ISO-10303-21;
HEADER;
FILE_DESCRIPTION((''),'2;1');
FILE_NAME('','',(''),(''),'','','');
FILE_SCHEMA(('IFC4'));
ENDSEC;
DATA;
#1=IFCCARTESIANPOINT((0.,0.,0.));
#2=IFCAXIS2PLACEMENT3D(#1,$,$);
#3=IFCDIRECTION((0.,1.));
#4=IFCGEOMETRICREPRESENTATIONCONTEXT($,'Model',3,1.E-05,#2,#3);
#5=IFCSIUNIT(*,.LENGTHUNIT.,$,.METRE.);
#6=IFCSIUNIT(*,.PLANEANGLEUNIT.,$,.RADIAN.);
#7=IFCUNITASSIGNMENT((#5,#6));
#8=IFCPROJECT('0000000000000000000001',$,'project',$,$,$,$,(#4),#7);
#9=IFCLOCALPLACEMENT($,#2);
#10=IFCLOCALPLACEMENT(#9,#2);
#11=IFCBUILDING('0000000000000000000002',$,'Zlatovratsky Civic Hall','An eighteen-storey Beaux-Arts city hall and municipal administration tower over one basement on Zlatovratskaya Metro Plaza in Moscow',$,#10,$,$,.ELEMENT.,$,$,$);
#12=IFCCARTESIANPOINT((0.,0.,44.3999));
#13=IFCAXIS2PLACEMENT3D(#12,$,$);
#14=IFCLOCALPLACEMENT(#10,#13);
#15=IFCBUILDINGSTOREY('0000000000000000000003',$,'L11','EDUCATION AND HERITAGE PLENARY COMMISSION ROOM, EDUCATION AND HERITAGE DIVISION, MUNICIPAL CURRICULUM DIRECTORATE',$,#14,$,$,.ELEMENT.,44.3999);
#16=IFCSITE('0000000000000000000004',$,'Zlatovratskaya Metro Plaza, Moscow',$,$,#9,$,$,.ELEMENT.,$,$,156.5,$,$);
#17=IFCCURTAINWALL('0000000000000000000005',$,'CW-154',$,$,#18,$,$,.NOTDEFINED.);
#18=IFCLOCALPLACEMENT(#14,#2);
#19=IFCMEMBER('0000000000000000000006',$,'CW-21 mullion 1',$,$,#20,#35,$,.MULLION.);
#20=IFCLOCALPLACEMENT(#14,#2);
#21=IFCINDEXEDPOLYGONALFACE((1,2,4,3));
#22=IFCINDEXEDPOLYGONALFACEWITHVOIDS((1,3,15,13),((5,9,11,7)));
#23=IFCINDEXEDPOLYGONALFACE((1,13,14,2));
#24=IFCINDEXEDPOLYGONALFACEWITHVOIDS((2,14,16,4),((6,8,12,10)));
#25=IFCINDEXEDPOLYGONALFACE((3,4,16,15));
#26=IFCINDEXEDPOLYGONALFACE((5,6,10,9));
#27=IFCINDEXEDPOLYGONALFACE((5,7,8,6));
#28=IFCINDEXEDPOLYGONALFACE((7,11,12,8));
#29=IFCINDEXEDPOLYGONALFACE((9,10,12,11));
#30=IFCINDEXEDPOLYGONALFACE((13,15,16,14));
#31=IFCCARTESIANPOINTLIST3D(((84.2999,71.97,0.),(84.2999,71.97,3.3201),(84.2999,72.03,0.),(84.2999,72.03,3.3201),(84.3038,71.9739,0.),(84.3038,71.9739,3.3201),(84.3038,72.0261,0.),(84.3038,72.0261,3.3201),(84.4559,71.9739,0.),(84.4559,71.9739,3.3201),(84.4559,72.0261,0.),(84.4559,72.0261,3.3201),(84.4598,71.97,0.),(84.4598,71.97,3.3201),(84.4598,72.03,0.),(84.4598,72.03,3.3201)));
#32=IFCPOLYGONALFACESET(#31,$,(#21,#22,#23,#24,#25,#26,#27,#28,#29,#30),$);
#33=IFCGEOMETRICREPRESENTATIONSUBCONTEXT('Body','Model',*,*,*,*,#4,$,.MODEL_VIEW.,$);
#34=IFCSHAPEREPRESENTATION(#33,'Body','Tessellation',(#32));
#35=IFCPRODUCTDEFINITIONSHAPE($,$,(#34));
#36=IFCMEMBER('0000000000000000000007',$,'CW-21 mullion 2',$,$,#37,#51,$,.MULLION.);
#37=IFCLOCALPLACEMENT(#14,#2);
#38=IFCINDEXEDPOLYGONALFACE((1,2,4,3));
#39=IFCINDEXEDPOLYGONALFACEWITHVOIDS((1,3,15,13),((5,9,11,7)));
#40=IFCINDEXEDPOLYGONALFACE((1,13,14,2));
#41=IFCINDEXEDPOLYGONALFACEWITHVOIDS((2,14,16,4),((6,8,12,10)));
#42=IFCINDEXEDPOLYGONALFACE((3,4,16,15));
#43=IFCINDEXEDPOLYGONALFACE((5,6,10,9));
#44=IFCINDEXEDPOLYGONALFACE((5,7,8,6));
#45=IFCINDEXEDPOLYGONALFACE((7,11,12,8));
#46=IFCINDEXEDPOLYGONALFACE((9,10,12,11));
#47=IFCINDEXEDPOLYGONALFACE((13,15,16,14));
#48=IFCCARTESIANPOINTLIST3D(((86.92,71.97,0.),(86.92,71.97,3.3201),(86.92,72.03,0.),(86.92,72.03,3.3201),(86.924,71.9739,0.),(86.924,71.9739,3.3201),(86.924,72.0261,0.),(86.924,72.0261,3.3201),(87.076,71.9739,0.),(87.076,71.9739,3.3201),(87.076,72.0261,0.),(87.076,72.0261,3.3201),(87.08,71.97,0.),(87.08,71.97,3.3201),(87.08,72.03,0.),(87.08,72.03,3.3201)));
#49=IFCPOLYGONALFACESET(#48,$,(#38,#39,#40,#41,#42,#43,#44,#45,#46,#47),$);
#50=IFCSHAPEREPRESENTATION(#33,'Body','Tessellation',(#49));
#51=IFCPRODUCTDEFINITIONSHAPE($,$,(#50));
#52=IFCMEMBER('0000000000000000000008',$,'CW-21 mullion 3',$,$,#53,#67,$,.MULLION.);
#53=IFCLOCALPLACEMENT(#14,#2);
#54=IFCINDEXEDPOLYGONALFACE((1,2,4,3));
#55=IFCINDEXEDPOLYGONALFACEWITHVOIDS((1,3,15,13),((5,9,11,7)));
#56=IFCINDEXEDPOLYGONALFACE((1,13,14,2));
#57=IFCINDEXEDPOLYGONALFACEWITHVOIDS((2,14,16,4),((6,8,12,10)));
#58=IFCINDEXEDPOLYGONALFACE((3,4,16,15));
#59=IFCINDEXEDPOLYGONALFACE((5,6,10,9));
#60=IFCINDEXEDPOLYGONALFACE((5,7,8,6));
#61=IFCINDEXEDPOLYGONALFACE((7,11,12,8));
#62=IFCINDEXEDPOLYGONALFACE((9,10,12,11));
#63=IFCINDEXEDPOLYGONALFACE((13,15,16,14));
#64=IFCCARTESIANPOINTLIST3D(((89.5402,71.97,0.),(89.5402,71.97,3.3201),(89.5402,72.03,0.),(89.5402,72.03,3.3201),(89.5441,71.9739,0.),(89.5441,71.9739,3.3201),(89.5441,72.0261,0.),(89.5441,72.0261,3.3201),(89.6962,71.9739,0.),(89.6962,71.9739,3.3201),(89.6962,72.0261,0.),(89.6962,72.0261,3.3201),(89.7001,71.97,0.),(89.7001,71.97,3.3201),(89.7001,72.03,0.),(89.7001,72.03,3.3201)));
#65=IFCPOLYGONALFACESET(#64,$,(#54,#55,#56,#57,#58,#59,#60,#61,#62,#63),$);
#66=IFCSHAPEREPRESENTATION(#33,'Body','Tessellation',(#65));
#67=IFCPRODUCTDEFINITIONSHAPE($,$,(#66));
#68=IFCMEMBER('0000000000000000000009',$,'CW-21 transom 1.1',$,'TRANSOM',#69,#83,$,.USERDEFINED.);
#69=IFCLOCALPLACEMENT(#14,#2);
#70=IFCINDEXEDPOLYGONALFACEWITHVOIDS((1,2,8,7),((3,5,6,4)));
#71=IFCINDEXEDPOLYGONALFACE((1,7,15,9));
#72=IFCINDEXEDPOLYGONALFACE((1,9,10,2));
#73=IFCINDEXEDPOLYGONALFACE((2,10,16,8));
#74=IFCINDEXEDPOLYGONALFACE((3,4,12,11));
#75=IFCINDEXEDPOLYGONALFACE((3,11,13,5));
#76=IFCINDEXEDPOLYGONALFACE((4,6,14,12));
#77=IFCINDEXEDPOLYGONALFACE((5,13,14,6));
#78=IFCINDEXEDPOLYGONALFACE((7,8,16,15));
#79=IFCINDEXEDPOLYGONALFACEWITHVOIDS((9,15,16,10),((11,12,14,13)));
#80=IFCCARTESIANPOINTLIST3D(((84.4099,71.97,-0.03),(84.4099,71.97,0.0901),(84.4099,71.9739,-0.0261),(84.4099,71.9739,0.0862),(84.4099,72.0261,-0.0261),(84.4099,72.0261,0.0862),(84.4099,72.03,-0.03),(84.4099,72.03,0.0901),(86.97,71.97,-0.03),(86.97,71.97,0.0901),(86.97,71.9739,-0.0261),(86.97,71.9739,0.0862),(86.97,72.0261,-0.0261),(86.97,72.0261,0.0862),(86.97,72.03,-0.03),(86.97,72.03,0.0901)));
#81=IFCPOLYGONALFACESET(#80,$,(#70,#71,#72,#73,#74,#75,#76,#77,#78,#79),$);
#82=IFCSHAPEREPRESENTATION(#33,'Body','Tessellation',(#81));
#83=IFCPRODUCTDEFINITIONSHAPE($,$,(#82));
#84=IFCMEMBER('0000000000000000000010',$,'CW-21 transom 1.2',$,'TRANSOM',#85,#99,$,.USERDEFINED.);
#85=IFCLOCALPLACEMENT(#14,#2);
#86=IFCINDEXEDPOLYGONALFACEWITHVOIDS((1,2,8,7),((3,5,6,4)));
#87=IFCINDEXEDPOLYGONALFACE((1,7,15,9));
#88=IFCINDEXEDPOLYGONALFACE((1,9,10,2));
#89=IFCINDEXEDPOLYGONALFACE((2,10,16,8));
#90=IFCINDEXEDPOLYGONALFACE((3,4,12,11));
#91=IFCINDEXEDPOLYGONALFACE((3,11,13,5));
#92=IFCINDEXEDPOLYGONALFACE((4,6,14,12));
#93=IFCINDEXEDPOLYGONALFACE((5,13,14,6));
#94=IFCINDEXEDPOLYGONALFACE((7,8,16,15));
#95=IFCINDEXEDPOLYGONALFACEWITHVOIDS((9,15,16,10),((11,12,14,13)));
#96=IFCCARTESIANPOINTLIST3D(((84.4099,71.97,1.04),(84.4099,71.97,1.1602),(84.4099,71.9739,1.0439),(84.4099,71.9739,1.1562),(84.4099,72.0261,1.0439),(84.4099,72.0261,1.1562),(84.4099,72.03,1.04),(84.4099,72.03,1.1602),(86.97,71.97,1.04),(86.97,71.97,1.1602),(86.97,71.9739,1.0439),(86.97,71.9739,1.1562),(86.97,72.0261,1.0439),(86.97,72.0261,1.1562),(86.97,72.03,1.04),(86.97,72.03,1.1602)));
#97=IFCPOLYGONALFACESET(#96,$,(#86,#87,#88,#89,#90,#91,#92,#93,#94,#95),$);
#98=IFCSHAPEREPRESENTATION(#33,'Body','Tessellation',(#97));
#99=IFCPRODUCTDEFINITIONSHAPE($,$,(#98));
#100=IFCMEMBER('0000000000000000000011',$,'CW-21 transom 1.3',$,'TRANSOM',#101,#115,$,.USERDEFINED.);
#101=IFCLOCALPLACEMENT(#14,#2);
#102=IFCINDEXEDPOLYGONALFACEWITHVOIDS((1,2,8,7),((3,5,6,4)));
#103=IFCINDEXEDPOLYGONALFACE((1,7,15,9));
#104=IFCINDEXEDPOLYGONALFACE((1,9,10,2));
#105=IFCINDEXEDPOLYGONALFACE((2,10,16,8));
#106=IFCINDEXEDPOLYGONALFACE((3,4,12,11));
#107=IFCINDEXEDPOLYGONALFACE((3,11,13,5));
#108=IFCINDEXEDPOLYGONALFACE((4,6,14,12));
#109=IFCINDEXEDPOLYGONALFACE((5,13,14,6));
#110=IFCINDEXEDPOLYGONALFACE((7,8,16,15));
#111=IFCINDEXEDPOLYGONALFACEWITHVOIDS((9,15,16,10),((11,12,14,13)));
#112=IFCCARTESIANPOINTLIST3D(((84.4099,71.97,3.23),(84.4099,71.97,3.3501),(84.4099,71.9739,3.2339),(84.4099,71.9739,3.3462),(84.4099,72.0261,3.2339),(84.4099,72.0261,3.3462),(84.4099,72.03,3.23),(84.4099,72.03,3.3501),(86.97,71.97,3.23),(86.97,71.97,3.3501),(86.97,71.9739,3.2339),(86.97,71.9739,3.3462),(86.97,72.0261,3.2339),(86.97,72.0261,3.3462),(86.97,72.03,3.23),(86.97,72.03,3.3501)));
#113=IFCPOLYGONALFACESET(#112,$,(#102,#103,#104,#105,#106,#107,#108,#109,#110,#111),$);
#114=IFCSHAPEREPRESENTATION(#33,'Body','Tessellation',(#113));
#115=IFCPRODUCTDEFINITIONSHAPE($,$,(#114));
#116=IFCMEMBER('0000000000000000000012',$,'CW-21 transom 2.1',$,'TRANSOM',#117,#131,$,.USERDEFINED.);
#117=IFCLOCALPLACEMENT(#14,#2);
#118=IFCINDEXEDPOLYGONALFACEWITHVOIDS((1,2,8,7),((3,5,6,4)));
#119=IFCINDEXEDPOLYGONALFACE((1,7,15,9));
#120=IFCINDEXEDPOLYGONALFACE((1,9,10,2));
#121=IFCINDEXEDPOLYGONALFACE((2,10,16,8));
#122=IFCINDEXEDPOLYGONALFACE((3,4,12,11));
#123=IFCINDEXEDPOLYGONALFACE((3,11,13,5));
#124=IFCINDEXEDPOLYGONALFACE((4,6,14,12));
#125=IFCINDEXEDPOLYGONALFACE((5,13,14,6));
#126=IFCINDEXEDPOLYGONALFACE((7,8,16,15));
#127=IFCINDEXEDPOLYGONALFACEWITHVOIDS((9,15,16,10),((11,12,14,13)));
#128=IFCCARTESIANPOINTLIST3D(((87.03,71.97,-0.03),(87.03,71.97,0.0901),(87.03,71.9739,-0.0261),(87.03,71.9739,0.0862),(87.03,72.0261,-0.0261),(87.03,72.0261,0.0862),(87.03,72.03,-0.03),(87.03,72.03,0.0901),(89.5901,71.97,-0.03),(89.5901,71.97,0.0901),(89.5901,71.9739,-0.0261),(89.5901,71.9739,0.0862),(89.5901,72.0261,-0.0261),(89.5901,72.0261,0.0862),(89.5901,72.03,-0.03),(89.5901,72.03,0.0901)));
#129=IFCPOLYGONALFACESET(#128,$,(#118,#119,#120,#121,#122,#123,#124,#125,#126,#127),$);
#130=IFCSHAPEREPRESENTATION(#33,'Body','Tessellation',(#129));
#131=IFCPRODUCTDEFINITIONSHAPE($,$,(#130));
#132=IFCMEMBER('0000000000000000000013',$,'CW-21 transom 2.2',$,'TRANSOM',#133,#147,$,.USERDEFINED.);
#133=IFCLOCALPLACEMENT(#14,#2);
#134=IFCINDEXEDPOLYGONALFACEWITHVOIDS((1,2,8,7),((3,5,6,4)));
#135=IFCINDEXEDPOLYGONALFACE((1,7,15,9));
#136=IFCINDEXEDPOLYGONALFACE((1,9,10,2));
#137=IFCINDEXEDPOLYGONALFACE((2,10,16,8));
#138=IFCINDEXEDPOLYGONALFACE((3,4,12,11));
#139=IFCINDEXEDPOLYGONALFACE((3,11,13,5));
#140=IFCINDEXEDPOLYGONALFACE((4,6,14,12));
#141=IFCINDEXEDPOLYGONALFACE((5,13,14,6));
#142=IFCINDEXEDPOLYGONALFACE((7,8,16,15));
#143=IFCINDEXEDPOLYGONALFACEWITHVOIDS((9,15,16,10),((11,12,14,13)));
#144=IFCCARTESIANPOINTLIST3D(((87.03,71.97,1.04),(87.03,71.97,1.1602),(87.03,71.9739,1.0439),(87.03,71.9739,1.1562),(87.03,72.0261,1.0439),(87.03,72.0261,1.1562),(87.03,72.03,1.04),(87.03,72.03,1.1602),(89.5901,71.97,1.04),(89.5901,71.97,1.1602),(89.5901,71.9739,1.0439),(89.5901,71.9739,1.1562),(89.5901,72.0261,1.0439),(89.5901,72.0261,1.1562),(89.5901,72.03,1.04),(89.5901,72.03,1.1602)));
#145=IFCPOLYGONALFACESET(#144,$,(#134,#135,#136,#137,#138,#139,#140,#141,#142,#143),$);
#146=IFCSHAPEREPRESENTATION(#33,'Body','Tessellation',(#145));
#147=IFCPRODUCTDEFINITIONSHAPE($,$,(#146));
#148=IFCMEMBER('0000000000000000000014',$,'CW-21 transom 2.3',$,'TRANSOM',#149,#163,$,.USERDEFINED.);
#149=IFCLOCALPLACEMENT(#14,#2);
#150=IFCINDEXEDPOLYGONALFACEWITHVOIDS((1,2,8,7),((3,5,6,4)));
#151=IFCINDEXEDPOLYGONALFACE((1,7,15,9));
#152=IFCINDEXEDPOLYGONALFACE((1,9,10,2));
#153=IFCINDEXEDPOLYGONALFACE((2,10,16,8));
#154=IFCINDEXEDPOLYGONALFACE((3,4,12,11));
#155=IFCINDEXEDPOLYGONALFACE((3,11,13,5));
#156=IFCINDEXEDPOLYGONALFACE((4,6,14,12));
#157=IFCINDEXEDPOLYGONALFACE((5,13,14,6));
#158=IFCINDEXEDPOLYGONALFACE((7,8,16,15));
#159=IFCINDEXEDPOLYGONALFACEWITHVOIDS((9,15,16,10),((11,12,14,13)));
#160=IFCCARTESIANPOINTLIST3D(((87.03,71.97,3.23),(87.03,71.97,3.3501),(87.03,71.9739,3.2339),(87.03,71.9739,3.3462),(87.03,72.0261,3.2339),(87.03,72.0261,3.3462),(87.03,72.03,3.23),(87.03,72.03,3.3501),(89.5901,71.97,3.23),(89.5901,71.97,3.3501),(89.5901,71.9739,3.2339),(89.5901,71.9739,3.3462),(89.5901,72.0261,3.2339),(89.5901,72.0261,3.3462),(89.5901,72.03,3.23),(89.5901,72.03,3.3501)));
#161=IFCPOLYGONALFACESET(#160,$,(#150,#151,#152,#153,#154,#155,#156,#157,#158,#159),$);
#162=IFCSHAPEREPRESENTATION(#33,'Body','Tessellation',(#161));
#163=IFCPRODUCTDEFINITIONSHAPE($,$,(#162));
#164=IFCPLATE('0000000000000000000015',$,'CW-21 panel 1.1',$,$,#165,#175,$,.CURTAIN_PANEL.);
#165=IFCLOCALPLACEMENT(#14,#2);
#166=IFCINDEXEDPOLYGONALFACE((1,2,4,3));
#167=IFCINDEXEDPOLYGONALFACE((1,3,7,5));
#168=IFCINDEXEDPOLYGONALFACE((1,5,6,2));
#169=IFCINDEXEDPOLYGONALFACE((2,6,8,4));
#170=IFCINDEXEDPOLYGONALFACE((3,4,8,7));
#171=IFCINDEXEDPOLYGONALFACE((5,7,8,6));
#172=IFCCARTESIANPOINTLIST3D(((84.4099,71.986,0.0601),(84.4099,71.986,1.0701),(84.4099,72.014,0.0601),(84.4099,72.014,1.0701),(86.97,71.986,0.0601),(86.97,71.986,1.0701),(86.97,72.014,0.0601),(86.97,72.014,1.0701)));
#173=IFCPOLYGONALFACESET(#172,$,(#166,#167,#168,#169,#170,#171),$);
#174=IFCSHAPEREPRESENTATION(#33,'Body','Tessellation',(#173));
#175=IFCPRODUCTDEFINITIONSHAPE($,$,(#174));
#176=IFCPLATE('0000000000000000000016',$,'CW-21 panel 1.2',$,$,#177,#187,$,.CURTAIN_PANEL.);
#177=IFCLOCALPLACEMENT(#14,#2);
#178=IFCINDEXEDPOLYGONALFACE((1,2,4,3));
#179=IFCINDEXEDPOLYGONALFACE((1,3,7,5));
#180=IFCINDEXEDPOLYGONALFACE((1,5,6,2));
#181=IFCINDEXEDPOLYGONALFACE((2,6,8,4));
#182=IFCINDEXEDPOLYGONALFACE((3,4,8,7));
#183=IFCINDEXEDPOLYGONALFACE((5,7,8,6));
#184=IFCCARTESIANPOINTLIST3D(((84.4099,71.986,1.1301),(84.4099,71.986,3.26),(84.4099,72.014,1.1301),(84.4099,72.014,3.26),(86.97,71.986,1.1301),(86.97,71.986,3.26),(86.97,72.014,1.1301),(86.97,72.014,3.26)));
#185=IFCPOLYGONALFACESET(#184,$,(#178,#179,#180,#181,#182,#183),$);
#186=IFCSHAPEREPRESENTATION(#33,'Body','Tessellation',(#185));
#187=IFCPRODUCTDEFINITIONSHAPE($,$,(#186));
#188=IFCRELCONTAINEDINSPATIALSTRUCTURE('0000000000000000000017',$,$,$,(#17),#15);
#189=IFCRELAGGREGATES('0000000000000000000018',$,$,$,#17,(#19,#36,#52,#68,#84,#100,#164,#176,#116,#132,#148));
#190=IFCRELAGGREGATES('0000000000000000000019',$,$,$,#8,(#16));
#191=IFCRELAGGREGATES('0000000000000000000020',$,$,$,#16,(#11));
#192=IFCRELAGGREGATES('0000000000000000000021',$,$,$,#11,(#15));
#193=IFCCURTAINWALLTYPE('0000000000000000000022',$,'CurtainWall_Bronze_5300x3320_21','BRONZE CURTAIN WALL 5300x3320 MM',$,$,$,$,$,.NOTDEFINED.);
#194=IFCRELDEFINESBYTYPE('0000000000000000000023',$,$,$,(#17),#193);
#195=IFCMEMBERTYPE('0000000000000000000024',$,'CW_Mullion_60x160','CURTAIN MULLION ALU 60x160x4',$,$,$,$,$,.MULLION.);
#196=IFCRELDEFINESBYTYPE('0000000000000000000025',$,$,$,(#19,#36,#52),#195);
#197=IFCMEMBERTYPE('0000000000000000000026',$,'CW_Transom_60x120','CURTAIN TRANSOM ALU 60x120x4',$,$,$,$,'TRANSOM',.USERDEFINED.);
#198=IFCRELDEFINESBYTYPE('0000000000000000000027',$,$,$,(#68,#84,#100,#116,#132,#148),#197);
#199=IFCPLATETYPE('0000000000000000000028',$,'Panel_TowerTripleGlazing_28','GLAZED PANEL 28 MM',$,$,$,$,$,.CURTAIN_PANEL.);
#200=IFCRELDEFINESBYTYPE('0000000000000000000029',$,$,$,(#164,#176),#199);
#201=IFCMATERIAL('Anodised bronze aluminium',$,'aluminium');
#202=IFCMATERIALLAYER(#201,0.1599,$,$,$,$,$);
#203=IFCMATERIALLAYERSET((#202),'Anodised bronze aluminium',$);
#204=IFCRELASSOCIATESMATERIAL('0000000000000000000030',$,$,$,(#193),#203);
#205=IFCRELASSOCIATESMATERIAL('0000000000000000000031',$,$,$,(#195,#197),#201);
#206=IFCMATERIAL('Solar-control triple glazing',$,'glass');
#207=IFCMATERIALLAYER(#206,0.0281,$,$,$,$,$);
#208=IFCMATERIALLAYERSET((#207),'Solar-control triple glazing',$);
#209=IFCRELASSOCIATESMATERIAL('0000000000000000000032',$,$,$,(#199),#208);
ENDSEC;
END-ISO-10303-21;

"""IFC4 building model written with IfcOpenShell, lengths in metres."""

from ifc_helpers import new_model, si_unit, direction, frame, origin, origin_2d, place, context, subcontext, project, spatial, rectangle, hollow_rectangle, extrude, material, layer, layer_set, material_profile, profile_set, type_object, element, aggregate, save


model = new_model("IFC4")

# Units and contexts
model_context = context("Model", 3, precision=1e-05, world=origin(), true_north=direction((0.0, 1.0)))
body_context = subcontext(model_context, "Body", "Model", "MODEL_VIEW")
ifc_project = project(units=[si_unit("LENGTHUNIT", "METRE"), si_unit("PLANEANGLEUNIT", "RADIAN")], contexts=[model_context])

# Site, building, storey
site_placement = place(None, origin())
site = spatial("IfcSite", under=ifc_project, at=site_placement, Name="Zlatovratskaya Metro Plaza, Moscow", CompositionType="ELEMENT", RefElevation=156.5)
building_placement = place(site_placement, origin())
building = spatial("IfcBuilding", under=site, at=building_placement, Name="Zlatovratsky Civic Hall", Description="An eighteen-storey Beaux-Arts city hall and municipal administration tower over one basement on Zlatovratskaya Metro Plaza in Moscow", CompositionType="ELEMENT")
storey_placement = place(building_placement, frame((0.0, 0.0, 44.3999)))
storey = spatial("IfcBuildingStorey", under=building, at=storey_placement, Name="L11", Description="EDUCATION AND HERITAGE PLENARY COMMISSION ROOM, EDUCATION AND HERITAGE DIVISION, MUNICIPAL CURRICULUM DIRECTORATE", CompositionType="ELEMENT", Elevation=44.3999)

# Shared definitions
ifc_material_1 = material(Name="Anodised bronze aluminium", Category="aluminium")
ifc_layer_1 = layer(ifc_material_1, 0.1599)
ifc_layer_set_1 = layer_set([ifc_layer_1], Name="Anodised bronze aluminium")
curtain_wall_type = type_object("IfcCurtainWallType", Name="CurtainWall_Bronze_5300x3320_21", Description="BRONZE CURTAIN WALL 5300x3320 MM", PredefinedType="NOTDEFINED", material=ifc_layer_set_1)
ifc_material_profile_1 = material_profile(ifc_material_1, hollow_rectangle(XDim=0.0601, YDim=0.1599, WallThickness=0.0039, at=origin_2d()), Name="ALU 60x160x4")
ifc_profile_set_1 = profile_set([ifc_material_profile_1], Name="Anodised bronze aluminium")
member_type_1 = type_object("IfcMemberType", Name="CW_Mullion_60x160", Description="CURTAIN MULLION ALU 60x160x4", PredefinedType="MULLION", material=ifc_profile_set_1)

# Curtain wall, members, plates
curtain_wall_1_placement = place(storey_placement, origin())
curtain_wall_1 = element("IfcCurtainWall", 1, at=curtain_wall_1_placement, inside=storey, type_object=curtain_wall_type, Name="CW-154", PredefinedType="NOTDEFINED")
member_1_placement = place(storey_placement, frame((84.3799, 72.0, 0.0), z_axis=(0.0, 0.0, 1.0), x_axis=(0.0, 1.0, 0.0)))
member_1 = element("IfcMember", 2, at=member_1_placement, type_object=member_type_1, Name="CW-21 mullion 1", PredefinedType="MULLION", context=body_context, shape_type="SweptSolid", body=[
    extrude(hollow_rectangle(XDim=0.0601, YDim=0.1599, WallThickness=0.0039, at=origin_2d()), origin(), (0.0, 0.0, 1.0), 3.3201),
])
member_2_placement = place(storey_placement, frame((87.0, 72.0, 0.0), z_axis=(0.0, 0.0, 1.0), x_axis=(0.0, 1.0, 0.0)))
member_2 = element("IfcMember", 3, at=member_2_placement, type_object=member_type_1, Name="CW-21 mullion 2", PredefinedType="MULLION", context=body_context, shape_type="SweptSolid", body=[
    extrude(hollow_rectangle(XDim=0.0601, YDim=0.1599, WallThickness=0.0039, at=origin_2d()), origin(), (0.0, 0.0, 1.0), 3.3201),
])
member_3_placement = place(storey_placement, frame((89.6201, 72.0, 0.0), z_axis=(0.0, 0.0, 1.0), x_axis=(0.0, 1.0, 0.0)))
member_3 = element("IfcMember", 4, at=member_3_placement, type_object=member_type_1, Name="CW-21 mullion 3", PredefinedType="MULLION", context=body_context, shape_type="SweptSolid", body=[
    extrude(hollow_rectangle(XDim=0.0601, YDim=0.1599, WallThickness=0.0039, at=origin_2d()), origin(), (0.0, 0.0, 1.0), 3.3201),
])
ifc_material_profile_2 = material_profile(ifc_material_1, hollow_rectangle(XDim=0.0601, YDim=0.1201, WallThickness=0.0039, at=origin_2d()), Name="ALU 60x120x4")
ifc_profile_set_2 = profile_set([ifc_material_profile_2], Name="Anodised bronze aluminium")
member_type_2 = type_object("IfcMemberType", Name="CW_Transom_60x120", Description="CURTAIN TRANSOM ALU 60x120x4", ElementType="TRANSOM", PredefinedType="USERDEFINED", material=ifc_profile_set_2)
member_4_placement = place(storey_placement, frame((84.4099, 72.0, 0.03), z_axis=(1.0, 0.0, 0.0), x_axis=(0.0, 1.0, 0.0)))
member_4 = element("IfcMember", 5, at=member_4_placement, type_object=member_type_2, Name="CW-21 transom 1.1", ObjectType="TRANSOM", PredefinedType="USERDEFINED", context=body_context, shape_type="SweptSolid", body=[
    extrude(hollow_rectangle(XDim=0.0601, YDim=0.1201, WallThickness=0.0039, at=origin_2d()), origin(), (0.0, 0.0, 1.0), 2.5601),
])
member_5_placement = place(storey_placement, frame((84.4099, 72.0, 1.1001), z_axis=(1.0, 0.0, 0.0), x_axis=(0.0, 1.0, 0.0)))
member_5 = element("IfcMember", 6, at=member_5_placement, type_object=member_type_2, Name="CW-21 transom 1.2", ObjectType="TRANSOM", PredefinedType="USERDEFINED", context=body_context, shape_type="SweptSolid", body=[
    extrude(hollow_rectangle(XDim=0.0601, YDim=0.1201, WallThickness=0.0039, at=origin_2d()), origin(), (0.0, 0.0, 1.0), 2.5601),
])
member_6_placement = place(storey_placement, frame((84.4099, 72.0, 3.29), z_axis=(1.0, 0.0, 0.0), x_axis=(0.0, 1.0, 0.0)))
member_6 = element("IfcMember", 7, at=member_6_placement, type_object=member_type_2, Name="CW-21 transom 1.3", ObjectType="TRANSOM", PredefinedType="USERDEFINED", context=body_context, shape_type="SweptSolid", body=[
    extrude(hollow_rectangle(XDim=0.0601, YDim=0.1201, WallThickness=0.0039, at=origin_2d()), origin(), (0.0, 0.0, 1.0), 2.5601),
])
member_7_placement = place(storey_placement, frame((87.03, 72.0, 0.03), z_axis=(1.0, 0.0, 0.0), x_axis=(0.0, 1.0, 0.0)))
member_7 = element("IfcMember", 8, at=member_7_placement, type_object=member_type_2, Name="CW-21 transom 2.1", ObjectType="TRANSOM", PredefinedType="USERDEFINED", context=body_context, shape_type="SweptSolid", body=[
    extrude(hollow_rectangle(XDim=0.0601, YDim=0.1201, WallThickness=0.0039, at=origin_2d()), origin(), (0.0, 0.0, 1.0), 2.5601),
])
member_8_placement = place(storey_placement, frame((87.03, 72.0, 1.1001), z_axis=(1.0, 0.0, 0.0), x_axis=(0.0, 1.0, 0.0)))
member_8 = element("IfcMember", 9, at=member_8_placement, type_object=member_type_2, Name="CW-21 transom 2.2", ObjectType="TRANSOM", PredefinedType="USERDEFINED", context=body_context, shape_type="SweptSolid", body=[
    extrude(hollow_rectangle(XDim=0.0601, YDim=0.1201, WallThickness=0.0039, at=origin_2d()), origin(), (0.0, 0.0, 1.0), 2.5601),
])
member_9_placement = place(storey_placement, frame((87.03, 72.0, 3.29), z_axis=(1.0, 0.0, 0.0), x_axis=(0.0, 1.0, 0.0)))
member_9 = element("IfcMember", 10, at=member_9_placement, type_object=member_type_2, Name="CW-21 transom 2.3", ObjectType="TRANSOM", PredefinedType="USERDEFINED", context=body_context, shape_type="SweptSolid", body=[
    extrude(hollow_rectangle(XDim=0.0601, YDim=0.1201, WallThickness=0.0039, at=origin_2d()), origin(), (0.0, 0.0, 1.0), 2.5601),
])
ifc_material_2 = material(Name="Solar-control triple glazing", Category="glass")
ifc_layer_2 = layer(ifc_material_2, 0.0281)
ifc_layer_set_2 = layer_set([ifc_layer_2], Name="Solar-control triple glazing")
plate_type = type_object("IfcPlateType", Name="Panel_TowerTripleGlazing_28", Description="GLAZED PANEL 28 MM", PredefinedType="CURTAIN_PANEL", material=ifc_layer_set_2)
plate_1_placement = place(storey_placement, frame((85.6899, 72.0, 0.0601), z_axis=(0.0, 0.0, 1.0), x_axis=(1.0, 0.0, 0.0)))
plate_1 = element("IfcPlate", 11, at=plate_1_placement, type_object=plate_type, Name="CW-21 panel 1.1", PredefinedType="CURTAIN_PANEL", context=body_context, shape_type="SweptSolid", body=[
    extrude(rectangle(XDim=2.5601, YDim=0.0281, at=origin_2d()), origin(), (0.0, 0.0, 1.0), 1.01),
])
plate_2_placement = place(storey_placement, frame((85.6899, 72.0, 1.1301), z_axis=(0.0, 0.0, 1.0), x_axis=(1.0, 0.0, 0.0)))
plate_2 = element("IfcPlate", 12, at=plate_2_placement, type_object=plate_type, Name="CW-21 panel 1.2", PredefinedType="CURTAIN_PANEL", context=body_context, shape_type="SweptSolid", body=[
    extrude(rectangle(XDim=2.5601, YDim=0.0281, at=origin_2d()), origin(), (0.0, 0.0, 1.0), 2.1299),
])
aggregate(curtain_wall_1, [member_1, member_2, member_3, member_4, member_5, member_6, plate_1, plate_2, member_7, member_8, member_9])

save(model, "model.ifc")
